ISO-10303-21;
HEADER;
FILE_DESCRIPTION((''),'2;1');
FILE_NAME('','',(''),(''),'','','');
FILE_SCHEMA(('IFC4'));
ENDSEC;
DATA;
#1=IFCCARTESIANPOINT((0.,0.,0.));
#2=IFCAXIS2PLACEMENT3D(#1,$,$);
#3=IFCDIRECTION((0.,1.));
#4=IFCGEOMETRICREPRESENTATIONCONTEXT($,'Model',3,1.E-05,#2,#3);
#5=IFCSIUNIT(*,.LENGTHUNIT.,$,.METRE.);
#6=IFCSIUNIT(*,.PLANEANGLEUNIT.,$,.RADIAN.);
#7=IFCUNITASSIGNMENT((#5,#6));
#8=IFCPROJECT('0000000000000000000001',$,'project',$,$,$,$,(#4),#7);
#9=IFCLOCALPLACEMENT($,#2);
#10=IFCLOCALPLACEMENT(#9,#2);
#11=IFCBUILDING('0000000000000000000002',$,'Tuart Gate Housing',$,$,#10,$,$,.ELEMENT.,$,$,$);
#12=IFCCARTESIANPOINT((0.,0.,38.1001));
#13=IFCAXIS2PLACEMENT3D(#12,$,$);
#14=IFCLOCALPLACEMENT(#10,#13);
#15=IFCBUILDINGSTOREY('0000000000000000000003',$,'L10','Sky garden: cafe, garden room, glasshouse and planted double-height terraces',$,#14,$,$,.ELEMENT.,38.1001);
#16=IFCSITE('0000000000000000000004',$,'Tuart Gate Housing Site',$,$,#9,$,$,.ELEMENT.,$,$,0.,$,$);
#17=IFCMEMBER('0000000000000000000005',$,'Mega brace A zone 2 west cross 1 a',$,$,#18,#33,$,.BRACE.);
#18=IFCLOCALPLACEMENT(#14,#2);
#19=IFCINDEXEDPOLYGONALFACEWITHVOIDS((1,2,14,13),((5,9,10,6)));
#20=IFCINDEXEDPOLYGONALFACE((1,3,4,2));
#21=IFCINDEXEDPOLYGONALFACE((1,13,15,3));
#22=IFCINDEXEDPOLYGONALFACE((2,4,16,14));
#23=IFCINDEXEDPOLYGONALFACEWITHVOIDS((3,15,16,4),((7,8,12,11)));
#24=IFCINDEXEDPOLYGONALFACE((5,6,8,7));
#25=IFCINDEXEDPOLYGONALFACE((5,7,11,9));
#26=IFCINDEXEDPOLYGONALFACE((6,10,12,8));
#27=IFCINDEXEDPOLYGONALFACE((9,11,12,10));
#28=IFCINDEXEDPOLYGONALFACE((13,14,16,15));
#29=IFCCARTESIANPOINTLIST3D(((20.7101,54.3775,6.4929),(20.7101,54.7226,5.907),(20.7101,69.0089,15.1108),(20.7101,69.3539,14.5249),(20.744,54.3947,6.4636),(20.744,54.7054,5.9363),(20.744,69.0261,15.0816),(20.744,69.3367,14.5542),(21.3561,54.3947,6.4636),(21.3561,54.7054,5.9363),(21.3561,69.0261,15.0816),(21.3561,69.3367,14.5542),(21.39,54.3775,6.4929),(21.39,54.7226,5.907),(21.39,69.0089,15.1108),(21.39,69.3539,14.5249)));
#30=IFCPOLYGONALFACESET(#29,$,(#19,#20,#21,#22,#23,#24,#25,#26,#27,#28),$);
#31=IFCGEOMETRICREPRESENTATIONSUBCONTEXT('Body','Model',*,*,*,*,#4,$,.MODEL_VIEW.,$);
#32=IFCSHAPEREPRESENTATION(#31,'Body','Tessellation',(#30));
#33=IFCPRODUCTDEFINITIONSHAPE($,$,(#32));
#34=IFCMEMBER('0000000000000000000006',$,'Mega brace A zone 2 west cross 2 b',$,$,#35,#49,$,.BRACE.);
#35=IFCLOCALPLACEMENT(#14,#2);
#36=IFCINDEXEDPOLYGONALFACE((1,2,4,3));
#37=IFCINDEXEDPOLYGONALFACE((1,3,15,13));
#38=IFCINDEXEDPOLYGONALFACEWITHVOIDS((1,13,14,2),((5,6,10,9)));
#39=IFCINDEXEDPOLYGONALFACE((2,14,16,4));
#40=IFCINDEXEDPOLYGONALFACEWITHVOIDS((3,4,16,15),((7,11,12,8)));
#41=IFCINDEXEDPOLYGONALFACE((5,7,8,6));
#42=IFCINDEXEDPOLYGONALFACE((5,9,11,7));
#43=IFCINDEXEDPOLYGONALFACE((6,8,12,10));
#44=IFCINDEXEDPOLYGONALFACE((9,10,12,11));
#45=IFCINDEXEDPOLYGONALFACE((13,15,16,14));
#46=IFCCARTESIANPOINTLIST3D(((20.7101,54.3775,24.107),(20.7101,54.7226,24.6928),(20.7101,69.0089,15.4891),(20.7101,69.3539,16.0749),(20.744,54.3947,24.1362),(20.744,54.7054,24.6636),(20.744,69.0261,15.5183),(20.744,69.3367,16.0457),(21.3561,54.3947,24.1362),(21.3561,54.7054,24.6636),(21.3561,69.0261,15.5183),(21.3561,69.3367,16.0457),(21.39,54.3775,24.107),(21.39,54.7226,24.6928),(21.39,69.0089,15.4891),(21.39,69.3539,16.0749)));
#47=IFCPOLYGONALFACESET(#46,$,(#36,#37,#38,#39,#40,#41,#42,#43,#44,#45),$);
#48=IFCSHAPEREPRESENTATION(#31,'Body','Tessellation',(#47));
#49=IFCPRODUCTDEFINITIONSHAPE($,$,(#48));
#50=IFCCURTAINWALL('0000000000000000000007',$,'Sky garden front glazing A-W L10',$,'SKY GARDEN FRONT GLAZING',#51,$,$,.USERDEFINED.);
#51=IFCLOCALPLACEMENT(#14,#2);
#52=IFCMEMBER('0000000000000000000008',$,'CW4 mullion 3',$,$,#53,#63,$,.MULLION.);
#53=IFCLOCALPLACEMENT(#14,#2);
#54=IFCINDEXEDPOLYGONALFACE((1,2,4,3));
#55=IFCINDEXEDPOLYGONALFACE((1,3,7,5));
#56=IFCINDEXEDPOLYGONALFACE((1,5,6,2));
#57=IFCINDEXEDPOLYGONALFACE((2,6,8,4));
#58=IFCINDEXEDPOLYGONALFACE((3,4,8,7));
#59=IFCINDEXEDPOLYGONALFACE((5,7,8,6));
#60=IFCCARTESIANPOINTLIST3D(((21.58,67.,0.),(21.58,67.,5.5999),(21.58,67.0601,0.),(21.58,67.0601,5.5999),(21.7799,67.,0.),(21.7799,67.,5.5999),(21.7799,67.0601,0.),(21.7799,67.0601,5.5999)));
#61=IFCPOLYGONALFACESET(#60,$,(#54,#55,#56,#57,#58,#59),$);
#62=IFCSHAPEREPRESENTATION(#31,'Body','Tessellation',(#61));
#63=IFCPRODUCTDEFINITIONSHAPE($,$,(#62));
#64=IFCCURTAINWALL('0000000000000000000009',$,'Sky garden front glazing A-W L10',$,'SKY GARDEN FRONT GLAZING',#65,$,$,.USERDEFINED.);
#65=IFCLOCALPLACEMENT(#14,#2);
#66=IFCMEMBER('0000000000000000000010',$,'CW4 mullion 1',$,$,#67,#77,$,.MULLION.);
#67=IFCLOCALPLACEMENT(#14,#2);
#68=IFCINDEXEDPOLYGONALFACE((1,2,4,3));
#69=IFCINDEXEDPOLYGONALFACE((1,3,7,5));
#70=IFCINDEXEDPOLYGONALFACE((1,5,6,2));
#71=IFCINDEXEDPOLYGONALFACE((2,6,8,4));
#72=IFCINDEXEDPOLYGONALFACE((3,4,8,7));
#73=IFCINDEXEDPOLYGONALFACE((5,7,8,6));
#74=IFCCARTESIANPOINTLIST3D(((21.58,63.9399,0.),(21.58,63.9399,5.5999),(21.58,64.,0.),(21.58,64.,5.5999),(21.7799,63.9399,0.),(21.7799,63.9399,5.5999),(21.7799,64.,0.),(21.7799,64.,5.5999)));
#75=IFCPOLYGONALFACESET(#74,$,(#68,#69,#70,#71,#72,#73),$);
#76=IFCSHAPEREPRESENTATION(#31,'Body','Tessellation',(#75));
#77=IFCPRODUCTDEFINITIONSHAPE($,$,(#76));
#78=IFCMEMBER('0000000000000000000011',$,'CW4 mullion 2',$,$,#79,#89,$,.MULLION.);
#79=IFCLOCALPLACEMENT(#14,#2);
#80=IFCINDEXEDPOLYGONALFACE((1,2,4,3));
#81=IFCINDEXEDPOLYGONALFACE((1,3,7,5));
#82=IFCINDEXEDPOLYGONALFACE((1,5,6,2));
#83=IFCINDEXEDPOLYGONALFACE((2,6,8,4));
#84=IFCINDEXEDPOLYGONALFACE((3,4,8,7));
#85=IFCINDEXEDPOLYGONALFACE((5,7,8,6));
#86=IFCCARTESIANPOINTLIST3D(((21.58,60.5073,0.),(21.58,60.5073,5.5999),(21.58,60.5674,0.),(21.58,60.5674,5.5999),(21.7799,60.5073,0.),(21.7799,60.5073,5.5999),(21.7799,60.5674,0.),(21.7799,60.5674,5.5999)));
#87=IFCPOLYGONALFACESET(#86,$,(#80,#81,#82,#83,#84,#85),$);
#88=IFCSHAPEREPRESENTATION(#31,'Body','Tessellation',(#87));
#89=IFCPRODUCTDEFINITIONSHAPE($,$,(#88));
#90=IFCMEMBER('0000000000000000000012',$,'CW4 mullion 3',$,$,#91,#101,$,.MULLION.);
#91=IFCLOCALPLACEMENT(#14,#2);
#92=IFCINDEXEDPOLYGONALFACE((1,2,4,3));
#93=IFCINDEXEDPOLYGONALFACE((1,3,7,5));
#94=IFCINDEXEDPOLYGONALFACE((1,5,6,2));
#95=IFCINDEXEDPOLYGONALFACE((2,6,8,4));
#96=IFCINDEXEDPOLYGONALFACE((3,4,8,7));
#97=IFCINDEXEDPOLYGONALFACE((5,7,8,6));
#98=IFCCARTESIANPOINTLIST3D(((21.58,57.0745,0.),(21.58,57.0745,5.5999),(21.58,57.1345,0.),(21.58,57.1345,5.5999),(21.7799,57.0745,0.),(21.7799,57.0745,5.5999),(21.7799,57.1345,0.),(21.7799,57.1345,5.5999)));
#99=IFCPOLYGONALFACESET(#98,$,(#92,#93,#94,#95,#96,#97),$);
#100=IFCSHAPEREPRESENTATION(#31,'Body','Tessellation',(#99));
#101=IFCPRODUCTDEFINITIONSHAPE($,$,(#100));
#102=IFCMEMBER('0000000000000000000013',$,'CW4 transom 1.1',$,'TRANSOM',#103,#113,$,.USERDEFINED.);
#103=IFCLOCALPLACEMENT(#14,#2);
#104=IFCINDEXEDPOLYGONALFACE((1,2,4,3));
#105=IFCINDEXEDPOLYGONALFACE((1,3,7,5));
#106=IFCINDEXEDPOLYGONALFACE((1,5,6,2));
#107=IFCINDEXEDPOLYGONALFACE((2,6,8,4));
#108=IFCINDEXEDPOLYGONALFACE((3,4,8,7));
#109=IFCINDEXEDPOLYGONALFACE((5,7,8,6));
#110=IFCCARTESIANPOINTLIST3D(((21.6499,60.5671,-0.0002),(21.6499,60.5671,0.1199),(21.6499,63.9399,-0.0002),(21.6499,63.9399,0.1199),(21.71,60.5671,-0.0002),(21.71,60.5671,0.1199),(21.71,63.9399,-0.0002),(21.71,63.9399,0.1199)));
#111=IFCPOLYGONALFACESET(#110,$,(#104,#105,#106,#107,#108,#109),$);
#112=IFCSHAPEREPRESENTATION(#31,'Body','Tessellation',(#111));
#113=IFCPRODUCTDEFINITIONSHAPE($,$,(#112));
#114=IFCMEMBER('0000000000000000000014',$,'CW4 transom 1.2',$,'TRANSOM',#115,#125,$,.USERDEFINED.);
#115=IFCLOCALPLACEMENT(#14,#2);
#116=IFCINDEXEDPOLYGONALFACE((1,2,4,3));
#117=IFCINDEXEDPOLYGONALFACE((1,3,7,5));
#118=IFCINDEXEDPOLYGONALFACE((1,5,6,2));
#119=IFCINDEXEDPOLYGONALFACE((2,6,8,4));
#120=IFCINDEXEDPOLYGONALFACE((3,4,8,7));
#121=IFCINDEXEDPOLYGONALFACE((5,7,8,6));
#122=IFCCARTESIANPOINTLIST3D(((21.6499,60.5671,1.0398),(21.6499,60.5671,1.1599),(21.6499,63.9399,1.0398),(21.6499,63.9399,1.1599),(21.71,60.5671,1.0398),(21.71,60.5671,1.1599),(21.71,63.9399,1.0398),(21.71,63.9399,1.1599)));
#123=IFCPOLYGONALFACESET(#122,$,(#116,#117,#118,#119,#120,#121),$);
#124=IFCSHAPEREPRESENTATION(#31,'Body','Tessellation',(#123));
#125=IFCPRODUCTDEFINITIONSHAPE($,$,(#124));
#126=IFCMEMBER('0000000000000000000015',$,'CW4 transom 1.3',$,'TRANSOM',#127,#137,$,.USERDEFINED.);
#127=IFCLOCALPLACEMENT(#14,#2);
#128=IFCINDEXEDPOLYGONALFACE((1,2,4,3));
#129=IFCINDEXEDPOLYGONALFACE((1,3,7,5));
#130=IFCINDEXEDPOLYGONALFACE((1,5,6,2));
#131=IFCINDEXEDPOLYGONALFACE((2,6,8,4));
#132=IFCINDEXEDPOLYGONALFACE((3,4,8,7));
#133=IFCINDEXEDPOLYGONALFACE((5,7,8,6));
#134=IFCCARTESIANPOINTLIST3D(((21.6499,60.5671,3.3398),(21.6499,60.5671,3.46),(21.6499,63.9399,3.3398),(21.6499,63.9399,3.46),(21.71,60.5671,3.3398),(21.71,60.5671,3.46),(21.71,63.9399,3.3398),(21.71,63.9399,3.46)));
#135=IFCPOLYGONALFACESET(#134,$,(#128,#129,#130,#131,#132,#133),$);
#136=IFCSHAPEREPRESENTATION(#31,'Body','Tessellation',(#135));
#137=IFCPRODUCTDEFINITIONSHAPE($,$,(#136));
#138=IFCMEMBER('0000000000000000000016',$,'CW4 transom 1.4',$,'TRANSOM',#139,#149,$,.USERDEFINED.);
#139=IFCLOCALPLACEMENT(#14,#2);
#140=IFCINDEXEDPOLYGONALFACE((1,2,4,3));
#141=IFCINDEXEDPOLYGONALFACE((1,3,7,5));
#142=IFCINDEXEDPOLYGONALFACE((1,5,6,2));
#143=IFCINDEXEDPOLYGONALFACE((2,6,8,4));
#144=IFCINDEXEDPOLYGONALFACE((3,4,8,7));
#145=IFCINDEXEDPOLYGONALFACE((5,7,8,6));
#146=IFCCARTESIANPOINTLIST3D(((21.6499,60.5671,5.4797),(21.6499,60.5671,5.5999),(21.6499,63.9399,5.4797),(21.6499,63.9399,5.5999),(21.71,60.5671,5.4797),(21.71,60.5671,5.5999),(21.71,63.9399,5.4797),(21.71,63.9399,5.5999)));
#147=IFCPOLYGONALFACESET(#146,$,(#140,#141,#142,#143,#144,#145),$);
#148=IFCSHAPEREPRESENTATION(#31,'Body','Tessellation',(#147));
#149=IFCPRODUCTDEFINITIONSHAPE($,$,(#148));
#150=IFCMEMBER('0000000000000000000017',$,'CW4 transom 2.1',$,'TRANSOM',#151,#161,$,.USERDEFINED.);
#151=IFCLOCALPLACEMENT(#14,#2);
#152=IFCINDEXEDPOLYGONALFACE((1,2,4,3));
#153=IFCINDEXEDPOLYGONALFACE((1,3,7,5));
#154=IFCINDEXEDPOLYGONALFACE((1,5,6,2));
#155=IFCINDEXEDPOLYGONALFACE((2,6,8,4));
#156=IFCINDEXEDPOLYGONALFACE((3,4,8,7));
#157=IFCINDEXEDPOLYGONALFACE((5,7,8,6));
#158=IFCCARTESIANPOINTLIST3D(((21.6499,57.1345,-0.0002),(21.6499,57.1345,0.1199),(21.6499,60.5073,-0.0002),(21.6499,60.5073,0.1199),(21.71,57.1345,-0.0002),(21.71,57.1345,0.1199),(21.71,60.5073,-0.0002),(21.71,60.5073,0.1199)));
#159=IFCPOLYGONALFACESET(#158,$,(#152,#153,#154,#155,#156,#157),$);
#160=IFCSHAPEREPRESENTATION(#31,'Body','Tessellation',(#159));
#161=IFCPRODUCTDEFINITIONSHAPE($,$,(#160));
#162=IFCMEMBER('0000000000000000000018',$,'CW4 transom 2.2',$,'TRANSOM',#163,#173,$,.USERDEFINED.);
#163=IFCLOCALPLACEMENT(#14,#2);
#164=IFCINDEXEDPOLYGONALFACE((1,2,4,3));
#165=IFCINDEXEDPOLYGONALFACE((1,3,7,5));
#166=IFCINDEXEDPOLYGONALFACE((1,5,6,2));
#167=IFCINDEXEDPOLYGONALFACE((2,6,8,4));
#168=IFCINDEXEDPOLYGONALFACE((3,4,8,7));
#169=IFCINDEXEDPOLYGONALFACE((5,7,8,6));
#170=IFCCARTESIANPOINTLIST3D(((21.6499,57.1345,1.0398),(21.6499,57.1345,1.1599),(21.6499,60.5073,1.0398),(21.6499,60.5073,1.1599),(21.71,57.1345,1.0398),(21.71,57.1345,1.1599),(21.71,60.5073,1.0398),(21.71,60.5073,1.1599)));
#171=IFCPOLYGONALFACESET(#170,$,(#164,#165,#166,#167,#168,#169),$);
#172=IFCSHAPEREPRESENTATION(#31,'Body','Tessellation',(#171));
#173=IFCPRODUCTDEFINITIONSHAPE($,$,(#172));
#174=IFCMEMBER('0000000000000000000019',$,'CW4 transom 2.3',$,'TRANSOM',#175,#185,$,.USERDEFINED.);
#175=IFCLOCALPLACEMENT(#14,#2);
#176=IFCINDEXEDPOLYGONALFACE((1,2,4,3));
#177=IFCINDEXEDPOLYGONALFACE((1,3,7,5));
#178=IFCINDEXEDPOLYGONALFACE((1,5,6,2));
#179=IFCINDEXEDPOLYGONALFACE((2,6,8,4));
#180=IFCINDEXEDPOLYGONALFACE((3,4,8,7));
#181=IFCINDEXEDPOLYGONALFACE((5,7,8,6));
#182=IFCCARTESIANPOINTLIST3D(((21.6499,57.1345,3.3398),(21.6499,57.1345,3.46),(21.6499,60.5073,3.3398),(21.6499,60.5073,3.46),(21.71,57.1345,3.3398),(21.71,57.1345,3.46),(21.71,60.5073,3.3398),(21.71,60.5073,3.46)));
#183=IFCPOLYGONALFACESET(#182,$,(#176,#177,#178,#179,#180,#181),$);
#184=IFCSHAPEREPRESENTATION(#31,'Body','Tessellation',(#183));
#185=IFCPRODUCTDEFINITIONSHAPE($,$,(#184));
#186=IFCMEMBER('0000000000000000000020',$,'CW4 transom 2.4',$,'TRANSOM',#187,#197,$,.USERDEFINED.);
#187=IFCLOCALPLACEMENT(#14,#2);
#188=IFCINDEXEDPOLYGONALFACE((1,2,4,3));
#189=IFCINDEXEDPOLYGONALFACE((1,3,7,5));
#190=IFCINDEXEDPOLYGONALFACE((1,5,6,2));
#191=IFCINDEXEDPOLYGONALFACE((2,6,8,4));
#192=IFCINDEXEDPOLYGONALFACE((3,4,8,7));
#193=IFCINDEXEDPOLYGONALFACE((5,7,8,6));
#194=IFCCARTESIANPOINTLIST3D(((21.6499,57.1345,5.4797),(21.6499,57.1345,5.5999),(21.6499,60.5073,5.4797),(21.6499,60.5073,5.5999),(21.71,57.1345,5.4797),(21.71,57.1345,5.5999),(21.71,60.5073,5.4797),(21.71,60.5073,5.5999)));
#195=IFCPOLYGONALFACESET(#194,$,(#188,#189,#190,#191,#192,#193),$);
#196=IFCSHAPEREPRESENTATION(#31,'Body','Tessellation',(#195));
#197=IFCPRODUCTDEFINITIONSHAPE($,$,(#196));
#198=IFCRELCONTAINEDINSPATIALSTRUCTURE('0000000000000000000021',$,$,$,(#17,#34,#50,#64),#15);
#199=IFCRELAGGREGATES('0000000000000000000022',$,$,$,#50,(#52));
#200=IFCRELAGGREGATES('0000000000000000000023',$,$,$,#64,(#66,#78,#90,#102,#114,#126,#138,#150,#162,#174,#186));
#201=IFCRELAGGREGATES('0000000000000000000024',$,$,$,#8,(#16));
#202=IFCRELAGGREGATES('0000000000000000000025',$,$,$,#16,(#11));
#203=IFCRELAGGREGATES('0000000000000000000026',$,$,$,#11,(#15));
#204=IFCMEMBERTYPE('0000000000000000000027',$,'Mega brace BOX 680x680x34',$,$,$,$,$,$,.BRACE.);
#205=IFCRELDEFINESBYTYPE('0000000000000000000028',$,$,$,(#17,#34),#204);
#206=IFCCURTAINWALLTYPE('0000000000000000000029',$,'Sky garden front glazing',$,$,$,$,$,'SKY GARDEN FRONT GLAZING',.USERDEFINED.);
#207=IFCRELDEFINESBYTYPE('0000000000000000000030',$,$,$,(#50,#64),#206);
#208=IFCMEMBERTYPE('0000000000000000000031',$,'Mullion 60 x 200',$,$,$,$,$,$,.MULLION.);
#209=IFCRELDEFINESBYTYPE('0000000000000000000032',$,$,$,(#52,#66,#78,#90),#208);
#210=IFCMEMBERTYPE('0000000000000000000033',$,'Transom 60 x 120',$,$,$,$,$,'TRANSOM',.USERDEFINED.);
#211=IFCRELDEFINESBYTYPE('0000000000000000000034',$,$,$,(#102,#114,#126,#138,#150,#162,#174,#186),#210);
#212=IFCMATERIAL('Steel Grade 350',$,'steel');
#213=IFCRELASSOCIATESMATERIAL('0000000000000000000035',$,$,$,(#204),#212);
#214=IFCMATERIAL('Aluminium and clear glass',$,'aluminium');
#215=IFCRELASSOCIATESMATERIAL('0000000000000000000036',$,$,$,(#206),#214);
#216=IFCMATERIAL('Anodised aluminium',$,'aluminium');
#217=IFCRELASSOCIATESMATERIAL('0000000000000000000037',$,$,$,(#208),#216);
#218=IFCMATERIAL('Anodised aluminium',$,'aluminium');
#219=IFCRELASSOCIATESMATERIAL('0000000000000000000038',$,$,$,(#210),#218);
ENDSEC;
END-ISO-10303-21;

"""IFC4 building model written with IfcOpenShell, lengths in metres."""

from ifc_helpers import new_model, si_unit, direction, frame, origin, origin_2d, place, context, subcontext, project, spatial, rectangle, hollow_rectangle, extrude, material, material_profile, profile_set, type_object, element, aggregate, save


model = new_model("IFC4")

# Units and contexts
model_context = context("Model", 3, precision=1e-05, world=origin(), true_north=direction((0.0, 1.0)))
body_context = subcontext(model_context, "Body", "Model", "MODEL_VIEW")
ifc_project = project(units=[si_unit("LENGTHUNIT", "METRE"), si_unit("PLANEANGLEUNIT", "RADIAN")], contexts=[model_context])

# Site, building, storey
site_placement = place(None, origin())
site = spatial("IfcSite", under=ifc_project, at=site_placement, Name="Tuart Gate Housing Site", CompositionType="ELEMENT", RefElevation=0.0)
building_placement = place(site_placement, origin())
building = spatial("IfcBuilding", under=site, at=building_placement, Name="Tuart Gate Housing", CompositionType="ELEMENT")
storey_placement = place(building_placement, frame((0.0, 0.0, 38.1001)))
storey = spatial("IfcBuildingStorey", under=building, at=storey_placement, Name="L10", Description="Sky garden: cafe, garden room, glasshouse and planted double-height terraces", CompositionType="ELEMENT", Elevation=38.1001)

# Members
ifc_material_1 = material(Name="Steel Grade 350", Category="steel")
ifc_material_profile_1 = material_profile(ifc_material_1, hollow_rectangle(XDim=0.6799, YDim=0.6799, WallThickness=0.0339, at=origin_2d()), Name="BOX 680x680x34")
ifc_profile_set_1 = profile_set([ifc_material_profile_1], Name="Steel Grade 350")
member_type_1 = type_object("IfcMemberType", Name="Mega brace BOX 680x680x34", PredefinedType="BRACE", material=ifc_profile_set_1)
for number, where, z_axis, x_axis, name in (
    (1, (21.05, 54.55, 6.2), (0.0, 0.861645, 0.507512), (-1.0, 0.0, 0.0), "Mega brace A zone 2 west cross 1 a"),
    (2, (21.05, 69.1814, 15.782), (0.0, -0.861645, 0.507512), (1.0, 0.0, 0.0), "Mega brace A zone 2 west cross 2 b"),
):
    element("IfcMember", number, at=place(storey_placement, frame(where, z_axis=z_axis, x_axis=x_axis)), inside=storey, type_object=member_type_1, Name=name, PredefinedType="BRACE", context=body_context, shape_type="SweptSolid", body=[
        extrude(hollow_rectangle(XDim=0.6799, YDim=0.6799, WallThickness=0.0339, at=origin_2d()), origin(), (0.0, 0.0, 1.0), 16.9807),
    ])

# Curtain wall, member
ifc_material_2 = material(Name="Aluminium and clear glass", Category="aluminium")
curtain_wall_type = type_object("IfcCurtainWallType", Name="Sky garden front glazing", ElementType="SKY GARDEN FRONT GLAZING", PredefinedType="USERDEFINED", material=ifc_material_2)
curtain_wall_1_placement = place(storey_placement, origin())
curtain_wall_1 = element("IfcCurtainWall", 3, at=curtain_wall_1_placement, inside=storey, type_object=curtain_wall_type, Name="Sky garden front glazing A-W L10", ObjectType="SKY GARDEN FRONT GLAZING", PredefinedType="USERDEFINED")
ifc_material_3 = material(Name="Anodised aluminium", Category="aluminium")
ifc_material_profile_2 = material_profile(ifc_material_3, rectangle(XDim=0.0601, YDim=0.2, at=origin_2d()), Name="60x200")
ifc_profile_set_2 = profile_set([ifc_material_profile_2], Name="Anodised aluminium")
member_type_2 = type_object("IfcMemberType", Name="Mullion 60 x 200", PredefinedType="MULLION", material=ifc_profile_set_2)
member_1_placement = place(storey_placement, frame((21.6799, 67.03, 0.0), z_axis=(0.0, 0.0, 1.0), x_axis=(0.0, -1.0, 0.0)))
member_1 = element("IfcMember", 4, at=member_1_placement, type_object=member_type_2, Name="CW4 mullion 3", PredefinedType="MULLION", context=body_context, shape_type="SweptSolid", body=[
    extrude(rectangle(XDim=0.0601, YDim=0.2, at=origin_2d()), origin(), (0.0, 0.0, 1.0), 5.5999),
])

# Curtain wall, members
curtain_wall_2_placement = place(storey_placement, origin())
curtain_wall_2 = element("IfcCurtainWall", 5, at=curtain_wall_2_placement, inside=storey, type_object=curtain_wall_type, Name="Sky garden front glazing A-W L10", ObjectType="SKY GARDEN FRONT GLAZING", PredefinedType="USERDEFINED")
member_2_placement = place(storey_placement, frame((21.6799, 63.97, 0.0), z_axis=(0.0, 0.0, 1.0), x_axis=(0.0, -1.0, 0.0)))
member_2 = element("IfcMember", 6, at=member_2_placement, type_object=member_type_2, Name="CW4 mullion 1", PredefinedType="MULLION", context=body_context, shape_type="SweptSolid", body=[
    extrude(rectangle(XDim=0.0601, YDim=0.2, at=origin_2d()), origin(), (0.0, 0.0, 1.0), 5.5999),
])
member_3_placement = place(storey_placement, frame((21.6799, 60.5374, 0.0), z_axis=(0.0, 0.0, 1.0), x_axis=(0.0, -1.0, 0.0)))
member_3 = element("IfcMember", 7, at=member_3_placement, type_object=member_type_2, Name="CW4 mullion 2", PredefinedType="MULLION", context=body_context, shape_type="SweptSolid", body=[
    extrude(rectangle(XDim=0.0601, YDim=0.2, at=origin_2d()), origin(), (0.0, 0.0, 1.0), 5.5999),
])
member_4_placement = place(storey_placement, frame((21.6799, 57.1045, 0.0), z_axis=(0.0, 0.0, 1.0), x_axis=(0.0, -1.0, 0.0)))
member_4 = element("IfcMember", 8, at=member_4_placement, type_object=member_type_2, Name="CW4 mullion 3", PredefinedType="MULLION", context=body_context, shape_type="SweptSolid", body=[
    extrude(rectangle(XDim=0.0601, YDim=0.2, at=origin_2d()), origin(), (0.0, 0.0, 1.0), 5.5999),
])
ifc_material_4 = material(Name="Anodised aluminium", Category="aluminium")
ifc_material_profile_3 = material_profile(ifc_material_4, rectangle(XDim=0.0601, YDim=0.1201, at=origin_2d()), Name="60x120")
ifc_profile_set_3 = profile_set([ifc_material_profile_3], Name="Anodised aluminium")
member_type_3 = type_object("IfcMemberType", Name="Transom 60 x 120", ElementType="TRANSOM", PredefinedType="USERDEFINED", material=ifc_profile_set_3)
member_5_placement = place(storey_placement, frame((21.6799, 63.9399, 0.0598), z_axis=(0.0, -1.0, 0.0), x_axis=(1.0, 0.0, 0.0)))
member_5 = element("IfcMember", 9, at=member_5_placement, type_object=member_type_3, Name="CW4 transom 1.1", ObjectType="TRANSOM", PredefinedType="USERDEFINED", context=body_context, shape_type="SweptSolid", body=[
    extrude(rectangle(XDim=0.0601, YDim=0.1201, at=origin_2d()), origin(), (0.0, 0.0, 1.0), 3.3728),
])
member_6_placement = place(storey_placement, frame((21.6799, 63.9399, 1.0999), z_axis=(0.0, -1.0, 0.0), x_axis=(1.0, 0.0, 0.0)))
member_6 = element("IfcMember", 10, at=member_6_placement, type_object=member_type_3, Name="CW4 transom 1.2", ObjectType="TRANSOM", PredefinedType="USERDEFINED", context=body_context, shape_type="SweptSolid", body=[
    extrude(rectangle(XDim=0.0601, YDim=0.1201, at=origin_2d()), origin(), (0.0, 0.0, 1.0), 3.3728),
])
member_7_placement = place(storey_placement, frame((21.6799, 63.9399, 3.3999), z_axis=(0.0, -1.0, 0.0), x_axis=(1.0, 0.0, 0.0)))
member_7 = element("IfcMember", 11, at=member_7_placement, type_object=member_type_3, Name="CW4 transom 1.3", ObjectType="TRANSOM", PredefinedType="USERDEFINED", context=body_context, shape_type="SweptSolid", body=[
    extrude(rectangle(XDim=0.0601, YDim=0.1201, at=origin_2d()), origin(), (0.0, 0.0, 1.0), 3.3728),
])
member_8_placement = place(storey_placement, frame((21.6799, 63.9399, 5.5398), z_axis=(0.0, -1.0, 0.0), x_axis=(1.0, 0.0, 0.0)))
member_8 = element("IfcMember", 12, at=member_8_placement, type_object=member_type_3, Name="CW4 transom 1.4", ObjectType="TRANSOM", PredefinedType="USERDEFINED", context=body_context, shape_type="SweptSolid", body=[
    extrude(rectangle(XDim=0.0601, YDim=0.1201, at=origin_2d()), origin(), (0.0, 0.0, 1.0), 3.3728),
])
member_9_placement = place(storey_placement, frame((21.6799, 60.5073, 0.0598), z_axis=(0.0, -1.0, 0.0), x_axis=(1.0, 0.0, 0.0)))
member_9 = element("IfcMember", 13, at=member_9_placement, type_object=member_type_3, Name="CW4 transom 2.1", ObjectType="TRANSOM", PredefinedType="USERDEFINED", context=body_context, shape_type="SweptSolid", body=[
    extrude(rectangle(XDim=0.0601, YDim=0.1201, at=origin_2d()), origin(), (0.0, 0.0, 1.0), 3.3728),
])
member_10_placement = place(storey_placement, frame((21.6799, 60.5073, 1.0999), z_axis=(0.0, -1.0, 0.0), x_axis=(1.0, 0.0, 0.0)))
member_10 = element("IfcMember", 14, at=member_10_placement, type_object=member_type_3, Name="CW4 transom 2.2", ObjectType="TRANSOM", PredefinedType="USERDEFINED", context=body_context, shape_type="SweptSolid", body=[
    extrude(rectangle(XDim=0.0601, YDim=0.1201, at=origin_2d()), origin(), (0.0, 0.0, 1.0), 3.3728),
])
member_11_placement = place(storey_placement, frame((21.6799, 60.5073, 3.3999), z_axis=(0.0, -1.0, 0.0), x_axis=(1.0, 0.0, 0.0)))
member_11 = element("IfcMember", 15, at=member_11_placement, type_object=member_type_3, Name="CW4 transom 2.3", ObjectType="TRANSOM", PredefinedType="USERDEFINED", context=body_context, shape_type="SweptSolid", body=[
    extrude(rectangle(XDim=0.0601, YDim=0.1201, at=origin_2d()), origin(), (0.0, 0.0, 1.0), 3.3728),
])
member_12_placement = place(storey_placement, frame((21.6799, 60.5073, 5.5398), z_axis=(0.0, -1.0, 0.0), x_axis=(1.0, 0.0, 0.0)))
member_12 = element("IfcMember", 16, at=member_12_placement, type_object=member_type_3, Name="CW4 transom 2.4", ObjectType="TRANSOM", PredefinedType="USERDEFINED", context=body_context, shape_type="SweptSolid", body=[
    extrude(rectangle(XDim=0.0601, YDim=0.1201, at=origin_2d()), origin(), (0.0, 0.0, 1.0), 3.3728),
])

aggregate(curtain_wall_1, [member_1])
aggregate(curtain_wall_2, [member_2, member_3, member_4, member_5, member_6, member_7, member_8, member_9, member_10, member_11, member_12])

save(model, "model.ifc")
